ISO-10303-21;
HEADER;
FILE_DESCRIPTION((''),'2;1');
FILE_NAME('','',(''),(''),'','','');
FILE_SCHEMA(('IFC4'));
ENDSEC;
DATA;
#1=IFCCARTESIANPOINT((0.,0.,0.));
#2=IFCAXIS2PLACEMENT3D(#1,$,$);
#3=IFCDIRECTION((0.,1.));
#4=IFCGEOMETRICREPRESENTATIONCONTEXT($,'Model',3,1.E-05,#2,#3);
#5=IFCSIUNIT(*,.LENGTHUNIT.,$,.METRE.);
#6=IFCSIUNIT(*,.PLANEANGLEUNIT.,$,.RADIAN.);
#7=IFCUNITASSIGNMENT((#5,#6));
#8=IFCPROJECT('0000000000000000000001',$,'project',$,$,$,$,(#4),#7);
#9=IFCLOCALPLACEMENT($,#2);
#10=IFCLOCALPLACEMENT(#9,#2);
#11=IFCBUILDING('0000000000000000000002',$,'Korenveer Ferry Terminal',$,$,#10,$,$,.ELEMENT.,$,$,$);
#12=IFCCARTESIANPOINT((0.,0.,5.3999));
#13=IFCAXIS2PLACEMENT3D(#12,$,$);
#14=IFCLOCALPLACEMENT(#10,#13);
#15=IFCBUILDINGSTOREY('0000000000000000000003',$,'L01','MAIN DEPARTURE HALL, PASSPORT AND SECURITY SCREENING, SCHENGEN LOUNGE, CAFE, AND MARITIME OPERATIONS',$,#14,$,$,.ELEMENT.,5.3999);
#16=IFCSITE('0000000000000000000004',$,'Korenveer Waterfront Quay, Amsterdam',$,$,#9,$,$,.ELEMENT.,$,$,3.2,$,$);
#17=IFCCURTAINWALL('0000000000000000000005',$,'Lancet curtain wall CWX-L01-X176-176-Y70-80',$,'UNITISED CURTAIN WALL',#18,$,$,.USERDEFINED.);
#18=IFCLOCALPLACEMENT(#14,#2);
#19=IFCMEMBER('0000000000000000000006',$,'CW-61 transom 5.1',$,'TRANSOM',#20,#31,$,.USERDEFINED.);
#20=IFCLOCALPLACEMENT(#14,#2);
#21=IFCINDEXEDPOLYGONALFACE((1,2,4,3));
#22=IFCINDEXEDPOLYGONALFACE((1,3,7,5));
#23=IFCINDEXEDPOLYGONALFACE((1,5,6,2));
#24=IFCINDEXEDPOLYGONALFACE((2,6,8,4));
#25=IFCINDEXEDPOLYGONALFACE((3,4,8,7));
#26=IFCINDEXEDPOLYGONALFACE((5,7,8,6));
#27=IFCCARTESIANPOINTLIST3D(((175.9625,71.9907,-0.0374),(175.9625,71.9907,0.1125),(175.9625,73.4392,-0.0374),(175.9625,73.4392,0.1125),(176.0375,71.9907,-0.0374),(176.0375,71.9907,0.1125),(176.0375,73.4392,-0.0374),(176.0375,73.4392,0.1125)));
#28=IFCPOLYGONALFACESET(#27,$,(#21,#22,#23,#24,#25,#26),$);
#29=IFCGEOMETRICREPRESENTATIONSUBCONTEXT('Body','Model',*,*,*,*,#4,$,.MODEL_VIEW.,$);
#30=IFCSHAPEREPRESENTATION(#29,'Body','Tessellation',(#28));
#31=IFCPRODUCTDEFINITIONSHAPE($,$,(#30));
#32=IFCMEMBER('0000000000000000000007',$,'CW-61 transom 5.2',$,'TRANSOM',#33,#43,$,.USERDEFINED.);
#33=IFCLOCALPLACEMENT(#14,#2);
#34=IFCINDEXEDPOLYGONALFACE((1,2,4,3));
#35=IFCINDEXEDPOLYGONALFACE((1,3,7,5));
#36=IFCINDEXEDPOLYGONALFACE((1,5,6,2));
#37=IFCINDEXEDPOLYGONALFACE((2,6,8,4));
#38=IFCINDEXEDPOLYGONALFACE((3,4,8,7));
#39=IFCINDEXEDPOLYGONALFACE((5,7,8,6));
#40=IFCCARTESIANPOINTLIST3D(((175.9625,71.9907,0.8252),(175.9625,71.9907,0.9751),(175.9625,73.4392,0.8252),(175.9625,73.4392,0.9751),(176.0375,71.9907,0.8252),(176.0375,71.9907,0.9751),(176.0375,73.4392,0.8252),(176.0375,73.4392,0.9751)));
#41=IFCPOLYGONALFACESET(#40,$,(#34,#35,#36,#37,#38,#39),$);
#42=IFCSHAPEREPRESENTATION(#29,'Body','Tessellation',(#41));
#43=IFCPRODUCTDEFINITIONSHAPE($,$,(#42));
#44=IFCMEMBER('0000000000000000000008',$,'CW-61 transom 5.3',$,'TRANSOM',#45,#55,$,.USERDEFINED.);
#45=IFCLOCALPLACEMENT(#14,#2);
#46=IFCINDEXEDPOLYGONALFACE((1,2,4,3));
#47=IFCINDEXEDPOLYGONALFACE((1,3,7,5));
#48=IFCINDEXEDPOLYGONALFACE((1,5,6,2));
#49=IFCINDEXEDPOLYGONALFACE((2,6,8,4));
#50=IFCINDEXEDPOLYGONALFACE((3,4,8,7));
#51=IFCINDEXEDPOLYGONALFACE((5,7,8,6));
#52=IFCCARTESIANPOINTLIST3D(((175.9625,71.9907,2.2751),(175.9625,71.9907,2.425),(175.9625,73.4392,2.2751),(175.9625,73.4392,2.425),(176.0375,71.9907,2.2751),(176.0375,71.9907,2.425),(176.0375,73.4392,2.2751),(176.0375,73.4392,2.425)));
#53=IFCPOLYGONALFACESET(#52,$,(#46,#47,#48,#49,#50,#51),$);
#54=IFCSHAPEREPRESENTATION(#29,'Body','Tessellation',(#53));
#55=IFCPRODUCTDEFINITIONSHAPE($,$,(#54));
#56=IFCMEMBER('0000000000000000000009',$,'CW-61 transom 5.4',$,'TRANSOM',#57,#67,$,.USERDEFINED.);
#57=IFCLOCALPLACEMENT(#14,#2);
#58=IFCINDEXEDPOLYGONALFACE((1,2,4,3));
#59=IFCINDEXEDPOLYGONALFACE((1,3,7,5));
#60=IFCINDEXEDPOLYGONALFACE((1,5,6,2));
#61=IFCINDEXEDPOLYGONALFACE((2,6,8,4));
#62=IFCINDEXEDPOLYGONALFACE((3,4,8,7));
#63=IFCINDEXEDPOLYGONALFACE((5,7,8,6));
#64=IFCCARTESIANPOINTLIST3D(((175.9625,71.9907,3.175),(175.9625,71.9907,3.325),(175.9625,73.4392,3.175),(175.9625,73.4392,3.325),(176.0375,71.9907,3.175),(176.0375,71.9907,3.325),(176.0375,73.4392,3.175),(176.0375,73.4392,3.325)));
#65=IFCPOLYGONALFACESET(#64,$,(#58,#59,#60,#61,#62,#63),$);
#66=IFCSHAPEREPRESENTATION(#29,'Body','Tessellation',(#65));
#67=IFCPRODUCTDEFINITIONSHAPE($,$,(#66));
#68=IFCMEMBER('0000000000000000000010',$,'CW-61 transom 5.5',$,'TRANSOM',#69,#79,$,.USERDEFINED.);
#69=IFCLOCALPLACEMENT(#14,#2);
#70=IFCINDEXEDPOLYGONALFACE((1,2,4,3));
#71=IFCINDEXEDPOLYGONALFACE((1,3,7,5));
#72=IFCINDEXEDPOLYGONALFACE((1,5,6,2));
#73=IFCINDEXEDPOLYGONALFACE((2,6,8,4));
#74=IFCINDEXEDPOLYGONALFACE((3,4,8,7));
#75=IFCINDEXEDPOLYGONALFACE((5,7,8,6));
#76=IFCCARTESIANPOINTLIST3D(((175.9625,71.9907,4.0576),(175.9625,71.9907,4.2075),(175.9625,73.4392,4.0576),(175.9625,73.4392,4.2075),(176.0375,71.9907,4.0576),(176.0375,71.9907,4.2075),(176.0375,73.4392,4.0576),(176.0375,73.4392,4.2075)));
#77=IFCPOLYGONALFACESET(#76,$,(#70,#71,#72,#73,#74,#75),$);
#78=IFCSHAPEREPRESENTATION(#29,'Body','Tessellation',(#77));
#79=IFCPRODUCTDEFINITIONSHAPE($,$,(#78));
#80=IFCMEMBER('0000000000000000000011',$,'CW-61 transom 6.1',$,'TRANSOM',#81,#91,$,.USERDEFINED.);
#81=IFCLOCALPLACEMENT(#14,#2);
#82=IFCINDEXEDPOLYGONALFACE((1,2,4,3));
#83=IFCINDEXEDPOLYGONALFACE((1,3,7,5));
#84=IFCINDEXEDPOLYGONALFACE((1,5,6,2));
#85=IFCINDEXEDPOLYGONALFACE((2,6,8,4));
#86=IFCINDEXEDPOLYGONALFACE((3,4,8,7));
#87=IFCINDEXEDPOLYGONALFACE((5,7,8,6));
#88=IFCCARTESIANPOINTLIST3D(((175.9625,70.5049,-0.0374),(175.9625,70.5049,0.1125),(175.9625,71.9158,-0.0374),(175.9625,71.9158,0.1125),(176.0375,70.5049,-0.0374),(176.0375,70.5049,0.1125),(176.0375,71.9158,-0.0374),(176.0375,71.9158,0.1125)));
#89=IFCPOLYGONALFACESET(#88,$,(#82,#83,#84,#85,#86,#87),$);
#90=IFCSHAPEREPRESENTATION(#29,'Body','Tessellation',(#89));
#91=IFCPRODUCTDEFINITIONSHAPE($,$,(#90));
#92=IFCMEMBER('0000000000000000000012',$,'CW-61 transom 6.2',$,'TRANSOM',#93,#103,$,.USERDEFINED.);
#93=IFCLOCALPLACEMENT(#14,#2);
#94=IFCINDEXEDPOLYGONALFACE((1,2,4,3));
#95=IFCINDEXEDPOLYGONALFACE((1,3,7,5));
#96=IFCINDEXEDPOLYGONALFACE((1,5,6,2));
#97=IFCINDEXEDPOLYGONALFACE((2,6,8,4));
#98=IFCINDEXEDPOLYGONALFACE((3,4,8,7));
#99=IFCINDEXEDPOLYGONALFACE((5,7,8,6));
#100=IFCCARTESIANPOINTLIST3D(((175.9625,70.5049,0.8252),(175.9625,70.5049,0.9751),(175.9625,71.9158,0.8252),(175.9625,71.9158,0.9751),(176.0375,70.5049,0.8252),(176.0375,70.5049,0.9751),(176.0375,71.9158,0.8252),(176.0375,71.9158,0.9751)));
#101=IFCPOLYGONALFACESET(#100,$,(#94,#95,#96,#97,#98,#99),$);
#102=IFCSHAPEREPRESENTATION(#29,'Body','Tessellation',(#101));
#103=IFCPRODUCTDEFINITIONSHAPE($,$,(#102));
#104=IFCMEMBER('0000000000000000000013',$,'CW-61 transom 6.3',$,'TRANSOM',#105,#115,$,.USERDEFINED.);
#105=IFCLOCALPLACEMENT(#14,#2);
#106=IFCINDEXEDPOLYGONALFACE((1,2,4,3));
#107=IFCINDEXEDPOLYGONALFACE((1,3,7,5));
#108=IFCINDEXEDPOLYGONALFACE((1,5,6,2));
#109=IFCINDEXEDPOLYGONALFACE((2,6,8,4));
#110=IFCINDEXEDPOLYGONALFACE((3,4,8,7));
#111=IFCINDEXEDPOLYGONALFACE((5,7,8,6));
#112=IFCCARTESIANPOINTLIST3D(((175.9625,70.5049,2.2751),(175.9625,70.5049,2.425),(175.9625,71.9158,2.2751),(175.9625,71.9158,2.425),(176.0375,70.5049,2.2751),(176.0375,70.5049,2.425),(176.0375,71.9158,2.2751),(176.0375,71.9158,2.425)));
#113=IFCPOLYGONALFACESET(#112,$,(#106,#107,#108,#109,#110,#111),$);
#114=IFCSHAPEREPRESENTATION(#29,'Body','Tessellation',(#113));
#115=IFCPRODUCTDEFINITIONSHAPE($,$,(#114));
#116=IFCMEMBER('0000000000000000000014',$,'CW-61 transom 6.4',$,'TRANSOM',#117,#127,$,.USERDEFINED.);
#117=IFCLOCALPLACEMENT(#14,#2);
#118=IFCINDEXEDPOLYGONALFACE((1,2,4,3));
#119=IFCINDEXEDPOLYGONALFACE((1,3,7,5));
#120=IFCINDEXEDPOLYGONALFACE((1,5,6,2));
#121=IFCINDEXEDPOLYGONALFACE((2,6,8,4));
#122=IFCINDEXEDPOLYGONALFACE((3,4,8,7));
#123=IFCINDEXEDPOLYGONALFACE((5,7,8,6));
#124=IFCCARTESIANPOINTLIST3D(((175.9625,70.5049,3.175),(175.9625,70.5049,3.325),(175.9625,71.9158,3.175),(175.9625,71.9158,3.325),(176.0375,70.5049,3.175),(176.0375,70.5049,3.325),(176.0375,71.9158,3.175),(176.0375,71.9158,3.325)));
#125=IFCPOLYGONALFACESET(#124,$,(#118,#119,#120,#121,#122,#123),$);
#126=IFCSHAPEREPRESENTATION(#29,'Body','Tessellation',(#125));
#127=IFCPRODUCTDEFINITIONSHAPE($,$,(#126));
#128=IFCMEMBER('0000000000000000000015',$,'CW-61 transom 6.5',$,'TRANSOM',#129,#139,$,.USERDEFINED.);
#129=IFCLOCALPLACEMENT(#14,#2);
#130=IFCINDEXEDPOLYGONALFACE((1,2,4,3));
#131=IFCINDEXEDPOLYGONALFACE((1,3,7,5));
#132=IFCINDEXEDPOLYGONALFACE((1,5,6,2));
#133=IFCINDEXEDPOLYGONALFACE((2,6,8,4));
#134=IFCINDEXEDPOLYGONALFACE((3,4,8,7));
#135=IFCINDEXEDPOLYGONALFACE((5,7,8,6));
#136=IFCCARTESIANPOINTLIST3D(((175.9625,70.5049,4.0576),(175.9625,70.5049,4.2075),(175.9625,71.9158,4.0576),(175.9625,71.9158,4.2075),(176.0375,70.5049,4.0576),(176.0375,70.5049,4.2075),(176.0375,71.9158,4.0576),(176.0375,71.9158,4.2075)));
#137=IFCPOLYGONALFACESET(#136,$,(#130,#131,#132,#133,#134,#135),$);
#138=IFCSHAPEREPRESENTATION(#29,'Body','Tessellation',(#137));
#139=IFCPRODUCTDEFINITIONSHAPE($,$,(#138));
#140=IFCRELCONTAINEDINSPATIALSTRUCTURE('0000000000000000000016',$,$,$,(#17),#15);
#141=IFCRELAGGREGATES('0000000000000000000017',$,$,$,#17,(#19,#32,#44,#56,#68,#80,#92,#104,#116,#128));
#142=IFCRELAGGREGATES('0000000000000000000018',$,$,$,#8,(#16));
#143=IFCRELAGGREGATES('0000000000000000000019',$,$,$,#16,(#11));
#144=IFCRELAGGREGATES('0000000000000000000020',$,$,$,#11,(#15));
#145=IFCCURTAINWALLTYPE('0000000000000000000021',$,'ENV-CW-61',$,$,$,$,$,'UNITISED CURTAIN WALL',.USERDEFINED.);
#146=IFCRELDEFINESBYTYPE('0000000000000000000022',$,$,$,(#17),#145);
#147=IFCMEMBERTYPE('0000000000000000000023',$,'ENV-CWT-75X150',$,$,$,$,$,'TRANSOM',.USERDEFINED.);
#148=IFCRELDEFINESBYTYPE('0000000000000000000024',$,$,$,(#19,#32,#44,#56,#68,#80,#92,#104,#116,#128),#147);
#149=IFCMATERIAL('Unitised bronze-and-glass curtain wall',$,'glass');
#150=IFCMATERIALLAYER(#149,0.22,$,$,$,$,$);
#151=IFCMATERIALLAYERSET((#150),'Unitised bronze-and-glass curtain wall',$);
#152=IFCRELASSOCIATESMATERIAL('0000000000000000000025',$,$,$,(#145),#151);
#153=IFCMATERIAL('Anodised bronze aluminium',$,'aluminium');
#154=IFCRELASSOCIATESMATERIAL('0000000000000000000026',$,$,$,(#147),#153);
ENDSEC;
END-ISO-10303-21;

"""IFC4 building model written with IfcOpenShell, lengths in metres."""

from ifc_helpers import new_model, si_unit, direction, frame, origin, origin_2d, place, context, subcontext, project, spatial, rectangle, extrude, material, layer, layer_set, material_profile, profile_set, type_object, element, aggregate, save


model = new_model("IFC4")

# Units and contexts
model_context = context("Model", 3, precision=1e-05, world=origin(), true_north=direction((0.0, 1.0)))
body_context = subcontext(model_context, "Body", "Model", "MODEL_VIEW")
ifc_project = project(units=[si_unit("LENGTHUNIT", "METRE"), si_unit("PLANEANGLEUNIT", "RADIAN")], contexts=[model_context])

# Site, building, storey
site_placement = place(None, origin())
site = spatial("IfcSite", under=ifc_project, at=site_placement, Name="Korenveer Waterfront Quay, Amsterdam", CompositionType="ELEMENT", RefElevation=3.2)
building_placement = place(site_placement, origin())
building = spatial("IfcBuilding", under=site, at=building_placement, Name="Korenveer Ferry Terminal", CompositionType="ELEMENT")
storey_placement = place(building_placement, frame((0.0, 0.0, 5.3999)))
storey = spatial("IfcBuildingStorey", under=building, at=storey_placement, Name="L01", Description="MAIN DEPARTURE HALL, PASSPORT AND SECURITY SCREENING, SCHENGEN LOUNGE, CAFE, AND MARITIME OPERATIONS", CompositionType="ELEMENT", Elevation=5.3999)

# Shared definitions
ifc_material_1 = material(Name="Unitised bronze-and-glass curtain wall", Category="glass")
ifc_material_2 = material(Name="Anodised bronze aluminium", Category="aluminium")

# Curtain wall
ifc_layer_1 = layer(ifc_material_1, 0.22)
ifc_layer_set_1 = layer_set([ifc_layer_1], Name="Unitised bronze-and-glass curtain wall")
curtain_wall_type_1 = type_object("IfcCurtainWallType", Name="ENV-CW-61", ElementType="UNITISED CURTAIN WALL", PredefinedType="USERDEFINED", material=ifc_layer_set_1)
curtain_wall_1_placement = place(storey_placement, frame((176.0, 79.5701, 0.0)))
curtain_wall_1 = element("IfcCurtainWall", 1, at=curtain_wall_1_placement, inside=storey, type_object=curtain_wall_type_1, Name="Lancet curtain wall CWX-L01-X176-176-Y70-80", ObjectType="UNITISED CURTAIN WALL", PredefinedType="USERDEFINED")

# Members
ifc_material_profile_1 = material_profile(ifc_material_2, rectangle(XDim=0.075, YDim=0.1499, at=origin_2d()), Name="ALU 75x150")
ifc_profile_set_1 = profile_set([ifc_material_profile_1], Name="Anodised bronze aluminium")
member_type_1 = type_object("IfcMemberType", Name="ENV-CWT-75X150", ElementType="TRANSOM", PredefinedType="USERDEFINED", material=ifc_profile_set_1)
member_1_placement = place(storey_placement, frame((176.0, 73.4392, 0.0376), z_axis=(0.0, -1.0, 0.0), x_axis=(1.0, 0.0, 0.0)))
member_1 = element("IfcMember", 2, at=member_1_placement, type_object=member_type_1, Name="CW-61 transom 5.1", ObjectType="TRANSOM", PredefinedType="USERDEFINED", context=body_context, shape_type="SweptSolid", body=[
    extrude(rectangle(XDim=0.075, YDim=0.1499, at=origin_2d()), origin(), (0.0, 0.0, 1.0), 1.4485),
])
member_2_placement = place(storey_placement, frame((176.0, 73.4392, 0.9001), z_axis=(0.0, -1.0, 0.0), x_axis=(1.0, 0.0, 0.0)))
member_2 = element("IfcMember", 3, at=member_2_placement, type_object=member_type_1, Name="CW-61 transom 5.2", ObjectType="TRANSOM", PredefinedType="USERDEFINED", context=body_context, shape_type="SweptSolid", body=[
    extrude(rectangle(XDim=0.075, YDim=0.1499, at=origin_2d()), origin(), (0.0, 0.0, 1.0), 1.4485),
])
member_3_placement = place(storey_placement, frame((176.0, 73.4392, 2.3501), z_axis=(0.0, -1.0, 0.0), x_axis=(1.0, 0.0, 0.0)))
member_3 = element("IfcMember", 4, at=member_3_placement, type_object=member_type_1, Name="CW-61 transom 5.3", ObjectType="TRANSOM", PredefinedType="USERDEFINED", context=body_context, shape_type="SweptSolid", body=[
    extrude(rectangle(XDim=0.075, YDim=0.1499, at=origin_2d()), origin(), (0.0, 0.0, 1.0), 1.4485),
])
member_4_placement = place(storey_placement, frame((176.0, 73.4392, 3.25), z_axis=(0.0, -1.0, 0.0), x_axis=(1.0, 0.0, 0.0)))
member_4 = element("IfcMember", 5, at=member_4_placement, type_object=member_type_1, Name="CW-61 transom 5.4", ObjectType="TRANSOM", PredefinedType="USERDEFINED", context=body_context, shape_type="SweptSolid", body=[
    extrude(rectangle(XDim=0.075, YDim=0.1499, at=origin_2d()), origin(), (0.0, 0.0, 1.0), 1.4485),
])
member_5_placement = place(storey_placement, frame((176.0, 73.4392, 4.1326), z_axis=(0.0, -1.0, 0.0), x_axis=(1.0, 0.0, 0.0)))
member_5 = element("IfcMember", 6, at=member_5_placement, type_object=member_type_1, Name="CW-61 transom 5.5", ObjectType="TRANSOM", PredefinedType="USERDEFINED", context=body_context, shape_type="SweptSolid", body=[
    extrude(rectangle(XDim=0.075, YDim=0.1499, at=origin_2d()), origin(), (0.0, 0.0, 1.0), 1.4485),
])
member_6_placement = place(storey_placement, frame((176.0, 71.9158, 0.0376), z_axis=(0.0, -1.0, 0.0), x_axis=(1.0, 0.0, 0.0)))
member_6 = element("IfcMember", 7, at=member_6_placement, type_object=member_type_1, Name="CW-61 transom 6.1", ObjectType="TRANSOM", PredefinedType="USERDEFINED", context=body_context, shape_type="SweptSolid", body=[
    extrude(rectangle(XDim=0.075, YDim=0.1499, at=origin_2d()), origin(), (0.0, 0.0, 1.0), 1.4109),
])
member_7_placement = place(storey_placement, frame((176.0, 71.9158, 0.9001), z_axis=(0.0, -1.0, 0.0), x_axis=(1.0, 0.0, 0.0)))
member_7 = element("IfcMember", 8, at=member_7_placement, type_object=member_type_1, Name="CW-61 transom 6.2", ObjectType="TRANSOM", PredefinedType="USERDEFINED", context=body_context, shape_type="SweptSolid", body=[
    extrude(rectangle(XDim=0.075, YDim=0.1499, at=origin_2d()), origin(), (0.0, 0.0, 1.0), 1.4109),
])
member_8_placement = place(storey_placement, frame((176.0, 71.9158, 2.3501), z_axis=(0.0, -1.0, 0.0), x_axis=(1.0, 0.0, 0.0)))
member_8 = element("IfcMember", 9, at=member_8_placement, type_object=member_type_1, Name="CW-61 transom 6.3", ObjectType="TRANSOM", PredefinedType="USERDEFINED", context=body_context, shape_type="SweptSolid", body=[
    extrude(rectangle(XDim=0.075, YDim=0.1499, at=origin_2d()), origin(), (0.0, 0.0, 1.0), 1.4109),
])
member_9_placement = place(storey_placement, frame((176.0, 71.9158, 3.25), z_axis=(0.0, -1.0, 0.0), x_axis=(1.0, 0.0, 0.0)))
member_9 = element("IfcMember", 10, at=member_9_placement, type_object=member_type_1, Name="CW-61 transom 6.4", ObjectType="TRANSOM", PredefinedType="USERDEFINED", context=body_context, shape_type="SweptSolid", body=[
    extrude(rectangle(XDim=0.075, YDim=0.1499, at=origin_2d()), origin(), (0.0, 0.0, 1.0), 1.4109),
])
member_10_placement = place(storey_placement, frame((176.0, 71.9158, 4.1326), z_axis=(0.0, -1.0, 0.0), x_axis=(1.0, 0.0, 0.0)))
member_10 = element("IfcMember", 11, at=member_10_placement, type_object=member_type_1, Name="CW-61 transom 6.5", ObjectType="TRANSOM", PredefinedType="USERDEFINED", context=body_context, shape_type="SweptSolid", body=[
    extrude(rectangle(XDim=0.075, YDim=0.1499, at=origin_2d()), origin(), (0.0, 0.0, 1.0), 1.4109),
])

aggregate(curtain_wall_1, [member_1, member_2, member_3, member_4, member_5, member_6, member_7, member_8, member_9, member_10])

save(model, "model.ifc")
